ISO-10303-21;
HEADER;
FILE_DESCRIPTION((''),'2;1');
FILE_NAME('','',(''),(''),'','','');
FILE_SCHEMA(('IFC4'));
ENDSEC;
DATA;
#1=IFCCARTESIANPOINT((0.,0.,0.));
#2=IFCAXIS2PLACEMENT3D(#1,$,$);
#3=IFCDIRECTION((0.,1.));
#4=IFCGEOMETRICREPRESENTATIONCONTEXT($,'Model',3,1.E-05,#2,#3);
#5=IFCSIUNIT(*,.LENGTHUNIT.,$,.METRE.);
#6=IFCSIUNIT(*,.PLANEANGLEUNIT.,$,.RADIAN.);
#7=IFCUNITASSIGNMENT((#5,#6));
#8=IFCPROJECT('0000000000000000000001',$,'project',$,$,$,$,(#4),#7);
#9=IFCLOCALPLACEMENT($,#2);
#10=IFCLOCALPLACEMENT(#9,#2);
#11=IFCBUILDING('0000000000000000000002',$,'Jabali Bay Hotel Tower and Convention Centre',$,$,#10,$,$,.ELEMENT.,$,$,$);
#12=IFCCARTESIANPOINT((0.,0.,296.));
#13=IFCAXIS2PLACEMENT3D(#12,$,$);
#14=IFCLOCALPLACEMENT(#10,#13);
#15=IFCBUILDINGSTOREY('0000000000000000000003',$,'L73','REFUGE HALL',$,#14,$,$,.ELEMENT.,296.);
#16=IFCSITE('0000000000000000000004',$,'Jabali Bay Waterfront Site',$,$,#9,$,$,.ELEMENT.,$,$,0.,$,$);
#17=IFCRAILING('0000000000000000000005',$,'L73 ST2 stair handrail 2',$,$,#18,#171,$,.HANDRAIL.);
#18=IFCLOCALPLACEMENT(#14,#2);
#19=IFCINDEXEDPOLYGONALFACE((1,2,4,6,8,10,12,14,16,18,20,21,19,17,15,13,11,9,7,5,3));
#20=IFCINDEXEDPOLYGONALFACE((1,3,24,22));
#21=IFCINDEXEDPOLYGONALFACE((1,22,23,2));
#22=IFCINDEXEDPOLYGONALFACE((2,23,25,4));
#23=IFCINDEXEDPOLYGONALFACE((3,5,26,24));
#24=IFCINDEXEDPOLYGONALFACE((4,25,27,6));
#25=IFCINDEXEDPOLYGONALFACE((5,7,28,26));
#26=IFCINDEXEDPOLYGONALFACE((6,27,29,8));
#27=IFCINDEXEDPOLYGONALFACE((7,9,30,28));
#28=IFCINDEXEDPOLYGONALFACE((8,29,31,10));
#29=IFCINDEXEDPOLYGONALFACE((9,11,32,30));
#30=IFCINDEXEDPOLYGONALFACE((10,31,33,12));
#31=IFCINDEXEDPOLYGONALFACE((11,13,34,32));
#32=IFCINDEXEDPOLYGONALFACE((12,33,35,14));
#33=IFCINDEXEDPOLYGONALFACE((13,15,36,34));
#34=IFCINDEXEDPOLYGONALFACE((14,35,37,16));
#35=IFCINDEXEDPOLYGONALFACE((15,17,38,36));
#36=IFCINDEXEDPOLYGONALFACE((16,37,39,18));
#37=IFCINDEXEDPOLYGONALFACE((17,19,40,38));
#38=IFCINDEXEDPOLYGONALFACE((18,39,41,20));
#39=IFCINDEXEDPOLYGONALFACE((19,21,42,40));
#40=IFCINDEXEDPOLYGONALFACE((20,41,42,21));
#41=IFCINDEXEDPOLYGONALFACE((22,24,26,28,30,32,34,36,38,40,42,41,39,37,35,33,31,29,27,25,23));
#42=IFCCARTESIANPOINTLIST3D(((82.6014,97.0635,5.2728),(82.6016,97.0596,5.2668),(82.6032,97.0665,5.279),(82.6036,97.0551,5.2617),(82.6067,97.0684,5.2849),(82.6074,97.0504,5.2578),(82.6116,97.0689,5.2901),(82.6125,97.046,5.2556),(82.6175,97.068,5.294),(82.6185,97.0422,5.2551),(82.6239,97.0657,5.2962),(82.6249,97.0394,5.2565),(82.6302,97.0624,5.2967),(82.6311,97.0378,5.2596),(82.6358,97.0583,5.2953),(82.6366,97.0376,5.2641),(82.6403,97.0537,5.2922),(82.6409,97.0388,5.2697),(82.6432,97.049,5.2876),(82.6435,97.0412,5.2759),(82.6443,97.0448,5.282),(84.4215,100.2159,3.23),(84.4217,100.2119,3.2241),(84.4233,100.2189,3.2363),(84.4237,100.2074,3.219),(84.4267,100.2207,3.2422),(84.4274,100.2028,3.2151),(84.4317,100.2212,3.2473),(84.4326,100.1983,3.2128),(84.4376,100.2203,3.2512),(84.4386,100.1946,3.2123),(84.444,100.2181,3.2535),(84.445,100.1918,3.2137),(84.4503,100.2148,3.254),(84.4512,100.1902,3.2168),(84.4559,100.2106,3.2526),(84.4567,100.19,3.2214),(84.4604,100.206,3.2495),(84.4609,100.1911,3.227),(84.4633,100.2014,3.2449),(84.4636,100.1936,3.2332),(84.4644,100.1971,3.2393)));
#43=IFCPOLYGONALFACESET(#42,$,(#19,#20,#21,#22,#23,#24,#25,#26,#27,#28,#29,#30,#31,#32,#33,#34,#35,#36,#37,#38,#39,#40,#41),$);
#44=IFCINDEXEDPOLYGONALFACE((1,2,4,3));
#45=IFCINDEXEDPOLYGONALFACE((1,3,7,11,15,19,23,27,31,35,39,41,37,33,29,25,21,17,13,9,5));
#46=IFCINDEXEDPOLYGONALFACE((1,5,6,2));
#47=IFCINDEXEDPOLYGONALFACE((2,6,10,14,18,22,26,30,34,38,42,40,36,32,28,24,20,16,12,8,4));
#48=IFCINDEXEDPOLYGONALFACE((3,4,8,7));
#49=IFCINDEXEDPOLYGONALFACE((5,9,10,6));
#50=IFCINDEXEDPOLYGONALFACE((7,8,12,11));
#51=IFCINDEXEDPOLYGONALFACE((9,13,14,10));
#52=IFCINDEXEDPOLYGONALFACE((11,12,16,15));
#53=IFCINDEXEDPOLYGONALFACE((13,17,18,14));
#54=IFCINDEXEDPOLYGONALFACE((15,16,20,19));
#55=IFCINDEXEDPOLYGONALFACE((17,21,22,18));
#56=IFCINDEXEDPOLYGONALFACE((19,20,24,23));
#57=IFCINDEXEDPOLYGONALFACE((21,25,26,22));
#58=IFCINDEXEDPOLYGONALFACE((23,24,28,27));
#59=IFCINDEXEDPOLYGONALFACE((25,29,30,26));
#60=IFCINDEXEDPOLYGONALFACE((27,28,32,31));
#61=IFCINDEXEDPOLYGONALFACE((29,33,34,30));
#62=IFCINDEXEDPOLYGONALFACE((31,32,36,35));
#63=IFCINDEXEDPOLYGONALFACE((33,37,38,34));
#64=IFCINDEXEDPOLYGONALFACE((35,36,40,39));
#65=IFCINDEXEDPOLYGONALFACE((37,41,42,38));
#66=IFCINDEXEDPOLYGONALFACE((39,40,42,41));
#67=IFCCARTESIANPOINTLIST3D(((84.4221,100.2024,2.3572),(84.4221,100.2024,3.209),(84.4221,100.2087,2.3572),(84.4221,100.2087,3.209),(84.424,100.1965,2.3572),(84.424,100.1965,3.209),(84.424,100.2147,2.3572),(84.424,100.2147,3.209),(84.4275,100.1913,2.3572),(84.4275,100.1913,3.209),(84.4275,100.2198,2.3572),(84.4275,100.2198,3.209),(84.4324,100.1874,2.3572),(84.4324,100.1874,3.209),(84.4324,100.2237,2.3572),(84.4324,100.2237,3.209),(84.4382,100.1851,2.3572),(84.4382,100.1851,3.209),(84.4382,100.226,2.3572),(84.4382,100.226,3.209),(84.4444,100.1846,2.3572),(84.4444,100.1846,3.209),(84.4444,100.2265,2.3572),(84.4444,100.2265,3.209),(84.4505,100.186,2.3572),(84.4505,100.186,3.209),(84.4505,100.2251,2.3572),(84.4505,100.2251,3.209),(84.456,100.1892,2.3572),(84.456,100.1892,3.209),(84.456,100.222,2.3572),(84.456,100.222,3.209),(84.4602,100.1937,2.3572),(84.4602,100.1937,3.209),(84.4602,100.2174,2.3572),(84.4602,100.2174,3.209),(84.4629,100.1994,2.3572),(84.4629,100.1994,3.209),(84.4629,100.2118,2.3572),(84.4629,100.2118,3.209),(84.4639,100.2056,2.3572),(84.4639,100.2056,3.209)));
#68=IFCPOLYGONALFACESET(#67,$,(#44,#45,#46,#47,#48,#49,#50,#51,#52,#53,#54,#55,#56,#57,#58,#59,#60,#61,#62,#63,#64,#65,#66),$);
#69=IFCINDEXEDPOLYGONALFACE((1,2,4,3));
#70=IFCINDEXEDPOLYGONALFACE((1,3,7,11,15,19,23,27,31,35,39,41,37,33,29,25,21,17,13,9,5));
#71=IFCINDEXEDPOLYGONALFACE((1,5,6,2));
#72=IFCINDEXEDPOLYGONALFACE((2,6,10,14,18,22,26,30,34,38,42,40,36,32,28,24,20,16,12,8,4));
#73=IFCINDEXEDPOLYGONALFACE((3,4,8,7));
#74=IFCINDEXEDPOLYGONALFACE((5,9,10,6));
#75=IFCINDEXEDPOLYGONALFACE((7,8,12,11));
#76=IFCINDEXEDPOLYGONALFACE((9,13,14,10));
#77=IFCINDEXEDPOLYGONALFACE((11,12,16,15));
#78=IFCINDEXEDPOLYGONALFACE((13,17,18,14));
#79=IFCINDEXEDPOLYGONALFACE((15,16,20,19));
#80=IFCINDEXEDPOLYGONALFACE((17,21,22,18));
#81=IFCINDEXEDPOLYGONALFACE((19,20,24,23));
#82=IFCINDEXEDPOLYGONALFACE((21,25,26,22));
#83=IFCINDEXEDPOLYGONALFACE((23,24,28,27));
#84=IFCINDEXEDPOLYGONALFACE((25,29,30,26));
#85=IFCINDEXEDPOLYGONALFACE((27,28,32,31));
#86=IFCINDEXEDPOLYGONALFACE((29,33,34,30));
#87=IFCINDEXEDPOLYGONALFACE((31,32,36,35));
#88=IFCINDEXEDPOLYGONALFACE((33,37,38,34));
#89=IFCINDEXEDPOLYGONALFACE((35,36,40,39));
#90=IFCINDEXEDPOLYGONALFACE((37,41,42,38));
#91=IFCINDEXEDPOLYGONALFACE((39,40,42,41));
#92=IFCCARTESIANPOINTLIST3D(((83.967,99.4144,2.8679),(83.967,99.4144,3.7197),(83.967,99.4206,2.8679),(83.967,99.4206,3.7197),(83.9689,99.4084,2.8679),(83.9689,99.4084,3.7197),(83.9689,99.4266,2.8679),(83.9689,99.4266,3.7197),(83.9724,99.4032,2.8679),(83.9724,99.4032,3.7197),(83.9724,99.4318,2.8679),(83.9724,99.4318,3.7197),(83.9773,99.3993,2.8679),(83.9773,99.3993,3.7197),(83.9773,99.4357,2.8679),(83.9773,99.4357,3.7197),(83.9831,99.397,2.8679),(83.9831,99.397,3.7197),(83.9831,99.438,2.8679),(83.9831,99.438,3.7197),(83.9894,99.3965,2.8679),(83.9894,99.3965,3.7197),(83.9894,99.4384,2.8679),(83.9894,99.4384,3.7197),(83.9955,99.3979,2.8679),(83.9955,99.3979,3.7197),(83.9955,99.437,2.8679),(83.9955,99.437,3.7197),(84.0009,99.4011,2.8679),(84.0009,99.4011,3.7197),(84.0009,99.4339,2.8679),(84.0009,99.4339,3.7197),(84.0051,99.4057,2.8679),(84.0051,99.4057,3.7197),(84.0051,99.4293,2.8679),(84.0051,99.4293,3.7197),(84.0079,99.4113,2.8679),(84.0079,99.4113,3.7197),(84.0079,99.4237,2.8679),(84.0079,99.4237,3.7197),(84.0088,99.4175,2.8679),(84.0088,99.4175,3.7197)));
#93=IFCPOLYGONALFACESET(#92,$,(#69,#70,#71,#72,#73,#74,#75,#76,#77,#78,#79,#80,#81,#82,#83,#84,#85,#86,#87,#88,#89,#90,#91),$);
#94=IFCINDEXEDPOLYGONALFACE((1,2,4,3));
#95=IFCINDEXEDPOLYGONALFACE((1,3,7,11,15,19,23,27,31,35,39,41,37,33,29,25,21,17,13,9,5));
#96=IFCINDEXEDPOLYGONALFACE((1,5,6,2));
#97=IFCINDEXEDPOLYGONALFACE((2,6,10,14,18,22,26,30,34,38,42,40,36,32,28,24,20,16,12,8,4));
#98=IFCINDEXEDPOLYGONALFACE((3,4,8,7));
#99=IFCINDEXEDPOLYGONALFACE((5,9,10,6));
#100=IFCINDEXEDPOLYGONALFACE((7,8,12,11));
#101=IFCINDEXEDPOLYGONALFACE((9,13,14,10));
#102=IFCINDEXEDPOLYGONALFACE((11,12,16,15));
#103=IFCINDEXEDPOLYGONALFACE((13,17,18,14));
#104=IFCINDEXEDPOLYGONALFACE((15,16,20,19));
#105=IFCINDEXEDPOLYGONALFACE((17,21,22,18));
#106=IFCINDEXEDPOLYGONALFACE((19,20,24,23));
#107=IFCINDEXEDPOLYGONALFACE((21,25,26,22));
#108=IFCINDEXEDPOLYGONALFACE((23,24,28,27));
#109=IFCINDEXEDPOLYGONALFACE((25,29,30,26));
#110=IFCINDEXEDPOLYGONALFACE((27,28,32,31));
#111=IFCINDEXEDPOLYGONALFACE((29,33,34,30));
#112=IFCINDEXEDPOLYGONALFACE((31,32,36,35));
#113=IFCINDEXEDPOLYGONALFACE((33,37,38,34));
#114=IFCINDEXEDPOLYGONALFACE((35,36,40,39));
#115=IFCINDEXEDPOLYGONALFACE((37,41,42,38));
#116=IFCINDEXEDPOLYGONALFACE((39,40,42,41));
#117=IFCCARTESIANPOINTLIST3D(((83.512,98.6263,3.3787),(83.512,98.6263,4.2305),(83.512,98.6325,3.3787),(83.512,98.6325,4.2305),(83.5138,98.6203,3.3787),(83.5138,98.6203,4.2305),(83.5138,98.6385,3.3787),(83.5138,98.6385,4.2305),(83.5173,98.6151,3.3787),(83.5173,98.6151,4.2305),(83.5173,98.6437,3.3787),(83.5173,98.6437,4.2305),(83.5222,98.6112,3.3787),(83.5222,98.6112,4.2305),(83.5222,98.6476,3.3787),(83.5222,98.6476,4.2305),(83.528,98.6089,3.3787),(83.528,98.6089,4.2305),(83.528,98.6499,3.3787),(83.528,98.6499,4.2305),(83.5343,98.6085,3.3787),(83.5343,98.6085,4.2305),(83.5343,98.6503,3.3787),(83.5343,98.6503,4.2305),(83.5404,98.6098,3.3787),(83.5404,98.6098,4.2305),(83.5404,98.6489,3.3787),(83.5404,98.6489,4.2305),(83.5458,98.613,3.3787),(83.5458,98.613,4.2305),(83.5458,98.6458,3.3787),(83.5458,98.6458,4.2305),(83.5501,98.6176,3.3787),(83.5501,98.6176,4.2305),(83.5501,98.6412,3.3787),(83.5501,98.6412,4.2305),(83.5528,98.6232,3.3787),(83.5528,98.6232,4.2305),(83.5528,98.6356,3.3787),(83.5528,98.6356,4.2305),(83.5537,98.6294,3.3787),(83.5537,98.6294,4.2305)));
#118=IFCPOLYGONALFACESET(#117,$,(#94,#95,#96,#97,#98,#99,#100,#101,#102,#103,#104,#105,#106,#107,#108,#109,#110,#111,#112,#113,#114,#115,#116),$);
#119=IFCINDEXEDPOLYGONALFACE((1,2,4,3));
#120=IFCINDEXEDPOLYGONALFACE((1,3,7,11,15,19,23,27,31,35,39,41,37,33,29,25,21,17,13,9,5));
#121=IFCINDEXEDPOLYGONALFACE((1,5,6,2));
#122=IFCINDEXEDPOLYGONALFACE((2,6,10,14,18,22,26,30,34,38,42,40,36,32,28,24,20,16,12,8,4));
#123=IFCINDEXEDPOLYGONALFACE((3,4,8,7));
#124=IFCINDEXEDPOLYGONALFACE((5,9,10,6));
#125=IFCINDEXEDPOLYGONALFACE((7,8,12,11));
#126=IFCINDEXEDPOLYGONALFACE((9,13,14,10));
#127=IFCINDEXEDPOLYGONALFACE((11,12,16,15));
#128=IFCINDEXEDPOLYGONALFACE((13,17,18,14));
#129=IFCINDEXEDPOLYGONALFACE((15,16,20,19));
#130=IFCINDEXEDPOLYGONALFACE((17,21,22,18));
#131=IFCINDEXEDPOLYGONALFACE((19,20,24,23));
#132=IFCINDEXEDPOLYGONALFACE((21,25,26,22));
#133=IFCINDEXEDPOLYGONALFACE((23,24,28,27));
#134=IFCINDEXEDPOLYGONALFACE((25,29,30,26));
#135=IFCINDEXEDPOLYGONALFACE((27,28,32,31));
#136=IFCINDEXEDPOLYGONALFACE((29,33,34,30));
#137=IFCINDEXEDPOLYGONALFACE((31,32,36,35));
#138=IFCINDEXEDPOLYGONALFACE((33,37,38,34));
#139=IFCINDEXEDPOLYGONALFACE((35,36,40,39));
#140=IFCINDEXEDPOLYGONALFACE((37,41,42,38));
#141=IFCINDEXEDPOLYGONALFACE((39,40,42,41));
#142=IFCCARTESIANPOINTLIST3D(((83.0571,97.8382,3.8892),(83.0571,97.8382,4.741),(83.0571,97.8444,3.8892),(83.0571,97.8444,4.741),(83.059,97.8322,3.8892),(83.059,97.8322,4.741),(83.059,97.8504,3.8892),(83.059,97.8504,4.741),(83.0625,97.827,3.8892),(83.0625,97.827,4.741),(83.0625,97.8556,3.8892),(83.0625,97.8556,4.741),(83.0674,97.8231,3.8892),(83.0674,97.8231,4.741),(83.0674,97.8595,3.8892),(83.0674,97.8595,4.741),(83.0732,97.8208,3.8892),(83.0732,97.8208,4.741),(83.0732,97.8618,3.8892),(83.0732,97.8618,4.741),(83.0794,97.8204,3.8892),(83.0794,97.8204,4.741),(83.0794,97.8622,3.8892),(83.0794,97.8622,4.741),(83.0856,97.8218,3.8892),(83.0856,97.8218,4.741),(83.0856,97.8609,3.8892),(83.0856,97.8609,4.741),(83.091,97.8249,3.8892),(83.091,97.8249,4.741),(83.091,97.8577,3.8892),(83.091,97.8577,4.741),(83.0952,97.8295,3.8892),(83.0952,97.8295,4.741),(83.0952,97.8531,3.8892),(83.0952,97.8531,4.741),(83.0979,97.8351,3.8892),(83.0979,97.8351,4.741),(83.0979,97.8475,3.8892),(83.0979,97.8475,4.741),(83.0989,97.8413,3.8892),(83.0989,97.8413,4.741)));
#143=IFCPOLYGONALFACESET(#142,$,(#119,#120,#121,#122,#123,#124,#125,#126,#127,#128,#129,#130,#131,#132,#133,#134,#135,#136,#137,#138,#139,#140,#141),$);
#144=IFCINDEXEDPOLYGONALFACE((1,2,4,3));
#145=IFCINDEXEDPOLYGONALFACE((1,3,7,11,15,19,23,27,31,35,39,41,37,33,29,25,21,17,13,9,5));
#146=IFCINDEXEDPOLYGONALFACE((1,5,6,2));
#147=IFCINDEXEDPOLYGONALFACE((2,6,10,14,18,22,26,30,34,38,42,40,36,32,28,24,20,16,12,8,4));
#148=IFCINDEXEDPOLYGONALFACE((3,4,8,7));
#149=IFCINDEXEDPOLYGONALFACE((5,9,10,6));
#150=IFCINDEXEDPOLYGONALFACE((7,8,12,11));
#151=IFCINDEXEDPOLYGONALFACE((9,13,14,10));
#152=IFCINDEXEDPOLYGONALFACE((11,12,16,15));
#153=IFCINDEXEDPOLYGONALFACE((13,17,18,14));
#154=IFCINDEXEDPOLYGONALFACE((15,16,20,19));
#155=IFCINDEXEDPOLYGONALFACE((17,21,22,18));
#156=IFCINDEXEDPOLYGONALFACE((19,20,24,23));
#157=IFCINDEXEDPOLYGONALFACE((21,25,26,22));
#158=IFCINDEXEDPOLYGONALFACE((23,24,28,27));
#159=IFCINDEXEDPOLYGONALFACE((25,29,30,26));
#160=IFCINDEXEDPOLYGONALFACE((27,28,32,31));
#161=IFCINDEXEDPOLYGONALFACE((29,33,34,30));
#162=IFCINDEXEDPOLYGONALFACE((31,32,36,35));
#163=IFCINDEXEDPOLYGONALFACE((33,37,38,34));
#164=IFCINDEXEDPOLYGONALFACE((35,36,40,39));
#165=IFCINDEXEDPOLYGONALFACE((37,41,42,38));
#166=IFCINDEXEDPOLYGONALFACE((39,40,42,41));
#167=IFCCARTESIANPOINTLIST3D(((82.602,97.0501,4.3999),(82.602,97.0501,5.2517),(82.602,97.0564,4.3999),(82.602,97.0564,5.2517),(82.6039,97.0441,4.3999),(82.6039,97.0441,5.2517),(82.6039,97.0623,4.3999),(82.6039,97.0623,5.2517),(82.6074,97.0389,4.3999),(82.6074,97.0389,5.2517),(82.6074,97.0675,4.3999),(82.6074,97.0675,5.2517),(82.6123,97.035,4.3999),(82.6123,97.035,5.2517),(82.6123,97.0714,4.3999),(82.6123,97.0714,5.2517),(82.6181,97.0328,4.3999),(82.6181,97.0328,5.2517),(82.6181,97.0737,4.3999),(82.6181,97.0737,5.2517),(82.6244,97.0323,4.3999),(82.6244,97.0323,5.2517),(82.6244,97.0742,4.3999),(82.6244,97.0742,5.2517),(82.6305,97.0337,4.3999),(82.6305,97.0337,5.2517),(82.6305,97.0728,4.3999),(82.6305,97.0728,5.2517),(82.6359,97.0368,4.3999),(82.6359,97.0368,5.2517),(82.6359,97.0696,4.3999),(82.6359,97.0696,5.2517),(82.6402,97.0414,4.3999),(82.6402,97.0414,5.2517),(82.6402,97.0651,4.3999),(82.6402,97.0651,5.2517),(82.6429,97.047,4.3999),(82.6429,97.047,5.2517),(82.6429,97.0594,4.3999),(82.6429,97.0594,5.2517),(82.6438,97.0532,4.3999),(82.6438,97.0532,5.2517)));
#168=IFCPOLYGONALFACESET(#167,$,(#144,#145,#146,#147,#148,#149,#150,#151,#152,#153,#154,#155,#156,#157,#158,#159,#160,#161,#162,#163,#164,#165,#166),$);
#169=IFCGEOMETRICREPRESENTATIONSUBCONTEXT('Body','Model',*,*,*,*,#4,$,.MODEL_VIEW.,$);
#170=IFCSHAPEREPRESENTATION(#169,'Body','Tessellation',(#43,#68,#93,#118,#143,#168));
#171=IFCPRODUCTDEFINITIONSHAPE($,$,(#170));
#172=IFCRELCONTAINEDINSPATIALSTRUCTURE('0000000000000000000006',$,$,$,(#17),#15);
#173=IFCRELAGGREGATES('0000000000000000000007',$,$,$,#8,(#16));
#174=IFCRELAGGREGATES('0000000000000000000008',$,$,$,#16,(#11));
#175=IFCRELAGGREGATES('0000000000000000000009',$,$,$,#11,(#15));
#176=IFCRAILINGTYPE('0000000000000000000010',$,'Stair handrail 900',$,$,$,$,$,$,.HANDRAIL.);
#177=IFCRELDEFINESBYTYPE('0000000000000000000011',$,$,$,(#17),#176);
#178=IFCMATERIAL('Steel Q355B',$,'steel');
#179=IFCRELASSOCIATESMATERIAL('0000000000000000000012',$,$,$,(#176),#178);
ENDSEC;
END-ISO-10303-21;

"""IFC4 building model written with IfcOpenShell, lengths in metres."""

from ifc_helpers import new_model, si_unit, direction, frame, origin, origin_2d, place, context, subcontext, project, spatial, circle, extrude, material, type_object, element, save


model = new_model("IFC4")

# Units and contexts
model_context = context("Model", 3, precision=1e-05, world=origin(), true_north=direction((0.0, 1.0)))
body_context = subcontext(model_context, "Body", "Model", "MODEL_VIEW")
ifc_project = project(units=[si_unit("LENGTHUNIT", "METRE"), si_unit("PLANEANGLEUNIT", "RADIAN")], contexts=[model_context])

# Site, building, storey
site_placement = place(None, origin())
site = spatial("IfcSite", under=ifc_project, at=site_placement, Name="Jabali Bay Waterfront Site", CompositionType="ELEMENT", RefElevation=0.0)
building_placement = place(site_placement, origin())
building = spatial("IfcBuilding", under=site, at=building_placement, Name="Jabali Bay Hotel Tower and Convention Centre", CompositionType="ELEMENT")
storey_placement = place(building_placement, frame((0.0, 0.0, 296.0)))
storey = spatial("IfcBuildingStorey", under=building, at=storey_placement, Name="L73", Description="REFUGE HALL", CompositionType="ELEMENT", Elevation=296.0)

# Railing
ifc_material_1 = material(Name="Steel Q355B", Category="steel")
railing_type_1 = type_object("IfcRailingType", Name="Stair handrail 900", PredefinedType="HANDRAIL", material=ifc_material_1)
railing_1_placement = place(storey_placement, frame((84.4429, 100.2056, 2.3572)))
element("IfcRailing", 1, at=railing_1_placement, inside=storey, type_object=railing_type_1, Name="L73 ST2 stair handrail 2", PredefinedType="HANDRAIL", context=body_context, shape_type="SweptSolid", body=[
    extrude(circle(Radius=0.0239, at=origin_2d()), frame((0.0, 0.0, 0.876), z_axis=(-0.436044, -0.755225, 0.489387), x_axis=(0.866018, -0.500013, 0.0)), (0.0, 0.0, 1.0), 4.1741),
    extrude(circle(Radius=0.021, at=origin_2d()), origin(), (0.0, 0.0, 1.0), 0.8518),
    extrude(circle(Radius=0.021, at=origin_2d()), frame((-0.4551, -0.7881, 0.5107)), (0.0, 0.0, 1.0), 0.8518),
    extrude(circle(Radius=0.021, at=origin_2d()), frame((-0.9102, -1.5762, 1.0215)), (0.0, 0.0, 1.0), 0.8518),
    extrude(circle(Radius=0.021, at=origin_2d()), frame((-1.365, -2.3643, 1.532)), (0.0, 0.0, 1.0), 0.8518),
    extrude(circle(Radius=0.021, at=origin_2d()), frame((-1.8201, -3.1523, 2.0427)), (0.0, 0.0, 1.0), 0.8518),
])

save(model, "model.ifc")
